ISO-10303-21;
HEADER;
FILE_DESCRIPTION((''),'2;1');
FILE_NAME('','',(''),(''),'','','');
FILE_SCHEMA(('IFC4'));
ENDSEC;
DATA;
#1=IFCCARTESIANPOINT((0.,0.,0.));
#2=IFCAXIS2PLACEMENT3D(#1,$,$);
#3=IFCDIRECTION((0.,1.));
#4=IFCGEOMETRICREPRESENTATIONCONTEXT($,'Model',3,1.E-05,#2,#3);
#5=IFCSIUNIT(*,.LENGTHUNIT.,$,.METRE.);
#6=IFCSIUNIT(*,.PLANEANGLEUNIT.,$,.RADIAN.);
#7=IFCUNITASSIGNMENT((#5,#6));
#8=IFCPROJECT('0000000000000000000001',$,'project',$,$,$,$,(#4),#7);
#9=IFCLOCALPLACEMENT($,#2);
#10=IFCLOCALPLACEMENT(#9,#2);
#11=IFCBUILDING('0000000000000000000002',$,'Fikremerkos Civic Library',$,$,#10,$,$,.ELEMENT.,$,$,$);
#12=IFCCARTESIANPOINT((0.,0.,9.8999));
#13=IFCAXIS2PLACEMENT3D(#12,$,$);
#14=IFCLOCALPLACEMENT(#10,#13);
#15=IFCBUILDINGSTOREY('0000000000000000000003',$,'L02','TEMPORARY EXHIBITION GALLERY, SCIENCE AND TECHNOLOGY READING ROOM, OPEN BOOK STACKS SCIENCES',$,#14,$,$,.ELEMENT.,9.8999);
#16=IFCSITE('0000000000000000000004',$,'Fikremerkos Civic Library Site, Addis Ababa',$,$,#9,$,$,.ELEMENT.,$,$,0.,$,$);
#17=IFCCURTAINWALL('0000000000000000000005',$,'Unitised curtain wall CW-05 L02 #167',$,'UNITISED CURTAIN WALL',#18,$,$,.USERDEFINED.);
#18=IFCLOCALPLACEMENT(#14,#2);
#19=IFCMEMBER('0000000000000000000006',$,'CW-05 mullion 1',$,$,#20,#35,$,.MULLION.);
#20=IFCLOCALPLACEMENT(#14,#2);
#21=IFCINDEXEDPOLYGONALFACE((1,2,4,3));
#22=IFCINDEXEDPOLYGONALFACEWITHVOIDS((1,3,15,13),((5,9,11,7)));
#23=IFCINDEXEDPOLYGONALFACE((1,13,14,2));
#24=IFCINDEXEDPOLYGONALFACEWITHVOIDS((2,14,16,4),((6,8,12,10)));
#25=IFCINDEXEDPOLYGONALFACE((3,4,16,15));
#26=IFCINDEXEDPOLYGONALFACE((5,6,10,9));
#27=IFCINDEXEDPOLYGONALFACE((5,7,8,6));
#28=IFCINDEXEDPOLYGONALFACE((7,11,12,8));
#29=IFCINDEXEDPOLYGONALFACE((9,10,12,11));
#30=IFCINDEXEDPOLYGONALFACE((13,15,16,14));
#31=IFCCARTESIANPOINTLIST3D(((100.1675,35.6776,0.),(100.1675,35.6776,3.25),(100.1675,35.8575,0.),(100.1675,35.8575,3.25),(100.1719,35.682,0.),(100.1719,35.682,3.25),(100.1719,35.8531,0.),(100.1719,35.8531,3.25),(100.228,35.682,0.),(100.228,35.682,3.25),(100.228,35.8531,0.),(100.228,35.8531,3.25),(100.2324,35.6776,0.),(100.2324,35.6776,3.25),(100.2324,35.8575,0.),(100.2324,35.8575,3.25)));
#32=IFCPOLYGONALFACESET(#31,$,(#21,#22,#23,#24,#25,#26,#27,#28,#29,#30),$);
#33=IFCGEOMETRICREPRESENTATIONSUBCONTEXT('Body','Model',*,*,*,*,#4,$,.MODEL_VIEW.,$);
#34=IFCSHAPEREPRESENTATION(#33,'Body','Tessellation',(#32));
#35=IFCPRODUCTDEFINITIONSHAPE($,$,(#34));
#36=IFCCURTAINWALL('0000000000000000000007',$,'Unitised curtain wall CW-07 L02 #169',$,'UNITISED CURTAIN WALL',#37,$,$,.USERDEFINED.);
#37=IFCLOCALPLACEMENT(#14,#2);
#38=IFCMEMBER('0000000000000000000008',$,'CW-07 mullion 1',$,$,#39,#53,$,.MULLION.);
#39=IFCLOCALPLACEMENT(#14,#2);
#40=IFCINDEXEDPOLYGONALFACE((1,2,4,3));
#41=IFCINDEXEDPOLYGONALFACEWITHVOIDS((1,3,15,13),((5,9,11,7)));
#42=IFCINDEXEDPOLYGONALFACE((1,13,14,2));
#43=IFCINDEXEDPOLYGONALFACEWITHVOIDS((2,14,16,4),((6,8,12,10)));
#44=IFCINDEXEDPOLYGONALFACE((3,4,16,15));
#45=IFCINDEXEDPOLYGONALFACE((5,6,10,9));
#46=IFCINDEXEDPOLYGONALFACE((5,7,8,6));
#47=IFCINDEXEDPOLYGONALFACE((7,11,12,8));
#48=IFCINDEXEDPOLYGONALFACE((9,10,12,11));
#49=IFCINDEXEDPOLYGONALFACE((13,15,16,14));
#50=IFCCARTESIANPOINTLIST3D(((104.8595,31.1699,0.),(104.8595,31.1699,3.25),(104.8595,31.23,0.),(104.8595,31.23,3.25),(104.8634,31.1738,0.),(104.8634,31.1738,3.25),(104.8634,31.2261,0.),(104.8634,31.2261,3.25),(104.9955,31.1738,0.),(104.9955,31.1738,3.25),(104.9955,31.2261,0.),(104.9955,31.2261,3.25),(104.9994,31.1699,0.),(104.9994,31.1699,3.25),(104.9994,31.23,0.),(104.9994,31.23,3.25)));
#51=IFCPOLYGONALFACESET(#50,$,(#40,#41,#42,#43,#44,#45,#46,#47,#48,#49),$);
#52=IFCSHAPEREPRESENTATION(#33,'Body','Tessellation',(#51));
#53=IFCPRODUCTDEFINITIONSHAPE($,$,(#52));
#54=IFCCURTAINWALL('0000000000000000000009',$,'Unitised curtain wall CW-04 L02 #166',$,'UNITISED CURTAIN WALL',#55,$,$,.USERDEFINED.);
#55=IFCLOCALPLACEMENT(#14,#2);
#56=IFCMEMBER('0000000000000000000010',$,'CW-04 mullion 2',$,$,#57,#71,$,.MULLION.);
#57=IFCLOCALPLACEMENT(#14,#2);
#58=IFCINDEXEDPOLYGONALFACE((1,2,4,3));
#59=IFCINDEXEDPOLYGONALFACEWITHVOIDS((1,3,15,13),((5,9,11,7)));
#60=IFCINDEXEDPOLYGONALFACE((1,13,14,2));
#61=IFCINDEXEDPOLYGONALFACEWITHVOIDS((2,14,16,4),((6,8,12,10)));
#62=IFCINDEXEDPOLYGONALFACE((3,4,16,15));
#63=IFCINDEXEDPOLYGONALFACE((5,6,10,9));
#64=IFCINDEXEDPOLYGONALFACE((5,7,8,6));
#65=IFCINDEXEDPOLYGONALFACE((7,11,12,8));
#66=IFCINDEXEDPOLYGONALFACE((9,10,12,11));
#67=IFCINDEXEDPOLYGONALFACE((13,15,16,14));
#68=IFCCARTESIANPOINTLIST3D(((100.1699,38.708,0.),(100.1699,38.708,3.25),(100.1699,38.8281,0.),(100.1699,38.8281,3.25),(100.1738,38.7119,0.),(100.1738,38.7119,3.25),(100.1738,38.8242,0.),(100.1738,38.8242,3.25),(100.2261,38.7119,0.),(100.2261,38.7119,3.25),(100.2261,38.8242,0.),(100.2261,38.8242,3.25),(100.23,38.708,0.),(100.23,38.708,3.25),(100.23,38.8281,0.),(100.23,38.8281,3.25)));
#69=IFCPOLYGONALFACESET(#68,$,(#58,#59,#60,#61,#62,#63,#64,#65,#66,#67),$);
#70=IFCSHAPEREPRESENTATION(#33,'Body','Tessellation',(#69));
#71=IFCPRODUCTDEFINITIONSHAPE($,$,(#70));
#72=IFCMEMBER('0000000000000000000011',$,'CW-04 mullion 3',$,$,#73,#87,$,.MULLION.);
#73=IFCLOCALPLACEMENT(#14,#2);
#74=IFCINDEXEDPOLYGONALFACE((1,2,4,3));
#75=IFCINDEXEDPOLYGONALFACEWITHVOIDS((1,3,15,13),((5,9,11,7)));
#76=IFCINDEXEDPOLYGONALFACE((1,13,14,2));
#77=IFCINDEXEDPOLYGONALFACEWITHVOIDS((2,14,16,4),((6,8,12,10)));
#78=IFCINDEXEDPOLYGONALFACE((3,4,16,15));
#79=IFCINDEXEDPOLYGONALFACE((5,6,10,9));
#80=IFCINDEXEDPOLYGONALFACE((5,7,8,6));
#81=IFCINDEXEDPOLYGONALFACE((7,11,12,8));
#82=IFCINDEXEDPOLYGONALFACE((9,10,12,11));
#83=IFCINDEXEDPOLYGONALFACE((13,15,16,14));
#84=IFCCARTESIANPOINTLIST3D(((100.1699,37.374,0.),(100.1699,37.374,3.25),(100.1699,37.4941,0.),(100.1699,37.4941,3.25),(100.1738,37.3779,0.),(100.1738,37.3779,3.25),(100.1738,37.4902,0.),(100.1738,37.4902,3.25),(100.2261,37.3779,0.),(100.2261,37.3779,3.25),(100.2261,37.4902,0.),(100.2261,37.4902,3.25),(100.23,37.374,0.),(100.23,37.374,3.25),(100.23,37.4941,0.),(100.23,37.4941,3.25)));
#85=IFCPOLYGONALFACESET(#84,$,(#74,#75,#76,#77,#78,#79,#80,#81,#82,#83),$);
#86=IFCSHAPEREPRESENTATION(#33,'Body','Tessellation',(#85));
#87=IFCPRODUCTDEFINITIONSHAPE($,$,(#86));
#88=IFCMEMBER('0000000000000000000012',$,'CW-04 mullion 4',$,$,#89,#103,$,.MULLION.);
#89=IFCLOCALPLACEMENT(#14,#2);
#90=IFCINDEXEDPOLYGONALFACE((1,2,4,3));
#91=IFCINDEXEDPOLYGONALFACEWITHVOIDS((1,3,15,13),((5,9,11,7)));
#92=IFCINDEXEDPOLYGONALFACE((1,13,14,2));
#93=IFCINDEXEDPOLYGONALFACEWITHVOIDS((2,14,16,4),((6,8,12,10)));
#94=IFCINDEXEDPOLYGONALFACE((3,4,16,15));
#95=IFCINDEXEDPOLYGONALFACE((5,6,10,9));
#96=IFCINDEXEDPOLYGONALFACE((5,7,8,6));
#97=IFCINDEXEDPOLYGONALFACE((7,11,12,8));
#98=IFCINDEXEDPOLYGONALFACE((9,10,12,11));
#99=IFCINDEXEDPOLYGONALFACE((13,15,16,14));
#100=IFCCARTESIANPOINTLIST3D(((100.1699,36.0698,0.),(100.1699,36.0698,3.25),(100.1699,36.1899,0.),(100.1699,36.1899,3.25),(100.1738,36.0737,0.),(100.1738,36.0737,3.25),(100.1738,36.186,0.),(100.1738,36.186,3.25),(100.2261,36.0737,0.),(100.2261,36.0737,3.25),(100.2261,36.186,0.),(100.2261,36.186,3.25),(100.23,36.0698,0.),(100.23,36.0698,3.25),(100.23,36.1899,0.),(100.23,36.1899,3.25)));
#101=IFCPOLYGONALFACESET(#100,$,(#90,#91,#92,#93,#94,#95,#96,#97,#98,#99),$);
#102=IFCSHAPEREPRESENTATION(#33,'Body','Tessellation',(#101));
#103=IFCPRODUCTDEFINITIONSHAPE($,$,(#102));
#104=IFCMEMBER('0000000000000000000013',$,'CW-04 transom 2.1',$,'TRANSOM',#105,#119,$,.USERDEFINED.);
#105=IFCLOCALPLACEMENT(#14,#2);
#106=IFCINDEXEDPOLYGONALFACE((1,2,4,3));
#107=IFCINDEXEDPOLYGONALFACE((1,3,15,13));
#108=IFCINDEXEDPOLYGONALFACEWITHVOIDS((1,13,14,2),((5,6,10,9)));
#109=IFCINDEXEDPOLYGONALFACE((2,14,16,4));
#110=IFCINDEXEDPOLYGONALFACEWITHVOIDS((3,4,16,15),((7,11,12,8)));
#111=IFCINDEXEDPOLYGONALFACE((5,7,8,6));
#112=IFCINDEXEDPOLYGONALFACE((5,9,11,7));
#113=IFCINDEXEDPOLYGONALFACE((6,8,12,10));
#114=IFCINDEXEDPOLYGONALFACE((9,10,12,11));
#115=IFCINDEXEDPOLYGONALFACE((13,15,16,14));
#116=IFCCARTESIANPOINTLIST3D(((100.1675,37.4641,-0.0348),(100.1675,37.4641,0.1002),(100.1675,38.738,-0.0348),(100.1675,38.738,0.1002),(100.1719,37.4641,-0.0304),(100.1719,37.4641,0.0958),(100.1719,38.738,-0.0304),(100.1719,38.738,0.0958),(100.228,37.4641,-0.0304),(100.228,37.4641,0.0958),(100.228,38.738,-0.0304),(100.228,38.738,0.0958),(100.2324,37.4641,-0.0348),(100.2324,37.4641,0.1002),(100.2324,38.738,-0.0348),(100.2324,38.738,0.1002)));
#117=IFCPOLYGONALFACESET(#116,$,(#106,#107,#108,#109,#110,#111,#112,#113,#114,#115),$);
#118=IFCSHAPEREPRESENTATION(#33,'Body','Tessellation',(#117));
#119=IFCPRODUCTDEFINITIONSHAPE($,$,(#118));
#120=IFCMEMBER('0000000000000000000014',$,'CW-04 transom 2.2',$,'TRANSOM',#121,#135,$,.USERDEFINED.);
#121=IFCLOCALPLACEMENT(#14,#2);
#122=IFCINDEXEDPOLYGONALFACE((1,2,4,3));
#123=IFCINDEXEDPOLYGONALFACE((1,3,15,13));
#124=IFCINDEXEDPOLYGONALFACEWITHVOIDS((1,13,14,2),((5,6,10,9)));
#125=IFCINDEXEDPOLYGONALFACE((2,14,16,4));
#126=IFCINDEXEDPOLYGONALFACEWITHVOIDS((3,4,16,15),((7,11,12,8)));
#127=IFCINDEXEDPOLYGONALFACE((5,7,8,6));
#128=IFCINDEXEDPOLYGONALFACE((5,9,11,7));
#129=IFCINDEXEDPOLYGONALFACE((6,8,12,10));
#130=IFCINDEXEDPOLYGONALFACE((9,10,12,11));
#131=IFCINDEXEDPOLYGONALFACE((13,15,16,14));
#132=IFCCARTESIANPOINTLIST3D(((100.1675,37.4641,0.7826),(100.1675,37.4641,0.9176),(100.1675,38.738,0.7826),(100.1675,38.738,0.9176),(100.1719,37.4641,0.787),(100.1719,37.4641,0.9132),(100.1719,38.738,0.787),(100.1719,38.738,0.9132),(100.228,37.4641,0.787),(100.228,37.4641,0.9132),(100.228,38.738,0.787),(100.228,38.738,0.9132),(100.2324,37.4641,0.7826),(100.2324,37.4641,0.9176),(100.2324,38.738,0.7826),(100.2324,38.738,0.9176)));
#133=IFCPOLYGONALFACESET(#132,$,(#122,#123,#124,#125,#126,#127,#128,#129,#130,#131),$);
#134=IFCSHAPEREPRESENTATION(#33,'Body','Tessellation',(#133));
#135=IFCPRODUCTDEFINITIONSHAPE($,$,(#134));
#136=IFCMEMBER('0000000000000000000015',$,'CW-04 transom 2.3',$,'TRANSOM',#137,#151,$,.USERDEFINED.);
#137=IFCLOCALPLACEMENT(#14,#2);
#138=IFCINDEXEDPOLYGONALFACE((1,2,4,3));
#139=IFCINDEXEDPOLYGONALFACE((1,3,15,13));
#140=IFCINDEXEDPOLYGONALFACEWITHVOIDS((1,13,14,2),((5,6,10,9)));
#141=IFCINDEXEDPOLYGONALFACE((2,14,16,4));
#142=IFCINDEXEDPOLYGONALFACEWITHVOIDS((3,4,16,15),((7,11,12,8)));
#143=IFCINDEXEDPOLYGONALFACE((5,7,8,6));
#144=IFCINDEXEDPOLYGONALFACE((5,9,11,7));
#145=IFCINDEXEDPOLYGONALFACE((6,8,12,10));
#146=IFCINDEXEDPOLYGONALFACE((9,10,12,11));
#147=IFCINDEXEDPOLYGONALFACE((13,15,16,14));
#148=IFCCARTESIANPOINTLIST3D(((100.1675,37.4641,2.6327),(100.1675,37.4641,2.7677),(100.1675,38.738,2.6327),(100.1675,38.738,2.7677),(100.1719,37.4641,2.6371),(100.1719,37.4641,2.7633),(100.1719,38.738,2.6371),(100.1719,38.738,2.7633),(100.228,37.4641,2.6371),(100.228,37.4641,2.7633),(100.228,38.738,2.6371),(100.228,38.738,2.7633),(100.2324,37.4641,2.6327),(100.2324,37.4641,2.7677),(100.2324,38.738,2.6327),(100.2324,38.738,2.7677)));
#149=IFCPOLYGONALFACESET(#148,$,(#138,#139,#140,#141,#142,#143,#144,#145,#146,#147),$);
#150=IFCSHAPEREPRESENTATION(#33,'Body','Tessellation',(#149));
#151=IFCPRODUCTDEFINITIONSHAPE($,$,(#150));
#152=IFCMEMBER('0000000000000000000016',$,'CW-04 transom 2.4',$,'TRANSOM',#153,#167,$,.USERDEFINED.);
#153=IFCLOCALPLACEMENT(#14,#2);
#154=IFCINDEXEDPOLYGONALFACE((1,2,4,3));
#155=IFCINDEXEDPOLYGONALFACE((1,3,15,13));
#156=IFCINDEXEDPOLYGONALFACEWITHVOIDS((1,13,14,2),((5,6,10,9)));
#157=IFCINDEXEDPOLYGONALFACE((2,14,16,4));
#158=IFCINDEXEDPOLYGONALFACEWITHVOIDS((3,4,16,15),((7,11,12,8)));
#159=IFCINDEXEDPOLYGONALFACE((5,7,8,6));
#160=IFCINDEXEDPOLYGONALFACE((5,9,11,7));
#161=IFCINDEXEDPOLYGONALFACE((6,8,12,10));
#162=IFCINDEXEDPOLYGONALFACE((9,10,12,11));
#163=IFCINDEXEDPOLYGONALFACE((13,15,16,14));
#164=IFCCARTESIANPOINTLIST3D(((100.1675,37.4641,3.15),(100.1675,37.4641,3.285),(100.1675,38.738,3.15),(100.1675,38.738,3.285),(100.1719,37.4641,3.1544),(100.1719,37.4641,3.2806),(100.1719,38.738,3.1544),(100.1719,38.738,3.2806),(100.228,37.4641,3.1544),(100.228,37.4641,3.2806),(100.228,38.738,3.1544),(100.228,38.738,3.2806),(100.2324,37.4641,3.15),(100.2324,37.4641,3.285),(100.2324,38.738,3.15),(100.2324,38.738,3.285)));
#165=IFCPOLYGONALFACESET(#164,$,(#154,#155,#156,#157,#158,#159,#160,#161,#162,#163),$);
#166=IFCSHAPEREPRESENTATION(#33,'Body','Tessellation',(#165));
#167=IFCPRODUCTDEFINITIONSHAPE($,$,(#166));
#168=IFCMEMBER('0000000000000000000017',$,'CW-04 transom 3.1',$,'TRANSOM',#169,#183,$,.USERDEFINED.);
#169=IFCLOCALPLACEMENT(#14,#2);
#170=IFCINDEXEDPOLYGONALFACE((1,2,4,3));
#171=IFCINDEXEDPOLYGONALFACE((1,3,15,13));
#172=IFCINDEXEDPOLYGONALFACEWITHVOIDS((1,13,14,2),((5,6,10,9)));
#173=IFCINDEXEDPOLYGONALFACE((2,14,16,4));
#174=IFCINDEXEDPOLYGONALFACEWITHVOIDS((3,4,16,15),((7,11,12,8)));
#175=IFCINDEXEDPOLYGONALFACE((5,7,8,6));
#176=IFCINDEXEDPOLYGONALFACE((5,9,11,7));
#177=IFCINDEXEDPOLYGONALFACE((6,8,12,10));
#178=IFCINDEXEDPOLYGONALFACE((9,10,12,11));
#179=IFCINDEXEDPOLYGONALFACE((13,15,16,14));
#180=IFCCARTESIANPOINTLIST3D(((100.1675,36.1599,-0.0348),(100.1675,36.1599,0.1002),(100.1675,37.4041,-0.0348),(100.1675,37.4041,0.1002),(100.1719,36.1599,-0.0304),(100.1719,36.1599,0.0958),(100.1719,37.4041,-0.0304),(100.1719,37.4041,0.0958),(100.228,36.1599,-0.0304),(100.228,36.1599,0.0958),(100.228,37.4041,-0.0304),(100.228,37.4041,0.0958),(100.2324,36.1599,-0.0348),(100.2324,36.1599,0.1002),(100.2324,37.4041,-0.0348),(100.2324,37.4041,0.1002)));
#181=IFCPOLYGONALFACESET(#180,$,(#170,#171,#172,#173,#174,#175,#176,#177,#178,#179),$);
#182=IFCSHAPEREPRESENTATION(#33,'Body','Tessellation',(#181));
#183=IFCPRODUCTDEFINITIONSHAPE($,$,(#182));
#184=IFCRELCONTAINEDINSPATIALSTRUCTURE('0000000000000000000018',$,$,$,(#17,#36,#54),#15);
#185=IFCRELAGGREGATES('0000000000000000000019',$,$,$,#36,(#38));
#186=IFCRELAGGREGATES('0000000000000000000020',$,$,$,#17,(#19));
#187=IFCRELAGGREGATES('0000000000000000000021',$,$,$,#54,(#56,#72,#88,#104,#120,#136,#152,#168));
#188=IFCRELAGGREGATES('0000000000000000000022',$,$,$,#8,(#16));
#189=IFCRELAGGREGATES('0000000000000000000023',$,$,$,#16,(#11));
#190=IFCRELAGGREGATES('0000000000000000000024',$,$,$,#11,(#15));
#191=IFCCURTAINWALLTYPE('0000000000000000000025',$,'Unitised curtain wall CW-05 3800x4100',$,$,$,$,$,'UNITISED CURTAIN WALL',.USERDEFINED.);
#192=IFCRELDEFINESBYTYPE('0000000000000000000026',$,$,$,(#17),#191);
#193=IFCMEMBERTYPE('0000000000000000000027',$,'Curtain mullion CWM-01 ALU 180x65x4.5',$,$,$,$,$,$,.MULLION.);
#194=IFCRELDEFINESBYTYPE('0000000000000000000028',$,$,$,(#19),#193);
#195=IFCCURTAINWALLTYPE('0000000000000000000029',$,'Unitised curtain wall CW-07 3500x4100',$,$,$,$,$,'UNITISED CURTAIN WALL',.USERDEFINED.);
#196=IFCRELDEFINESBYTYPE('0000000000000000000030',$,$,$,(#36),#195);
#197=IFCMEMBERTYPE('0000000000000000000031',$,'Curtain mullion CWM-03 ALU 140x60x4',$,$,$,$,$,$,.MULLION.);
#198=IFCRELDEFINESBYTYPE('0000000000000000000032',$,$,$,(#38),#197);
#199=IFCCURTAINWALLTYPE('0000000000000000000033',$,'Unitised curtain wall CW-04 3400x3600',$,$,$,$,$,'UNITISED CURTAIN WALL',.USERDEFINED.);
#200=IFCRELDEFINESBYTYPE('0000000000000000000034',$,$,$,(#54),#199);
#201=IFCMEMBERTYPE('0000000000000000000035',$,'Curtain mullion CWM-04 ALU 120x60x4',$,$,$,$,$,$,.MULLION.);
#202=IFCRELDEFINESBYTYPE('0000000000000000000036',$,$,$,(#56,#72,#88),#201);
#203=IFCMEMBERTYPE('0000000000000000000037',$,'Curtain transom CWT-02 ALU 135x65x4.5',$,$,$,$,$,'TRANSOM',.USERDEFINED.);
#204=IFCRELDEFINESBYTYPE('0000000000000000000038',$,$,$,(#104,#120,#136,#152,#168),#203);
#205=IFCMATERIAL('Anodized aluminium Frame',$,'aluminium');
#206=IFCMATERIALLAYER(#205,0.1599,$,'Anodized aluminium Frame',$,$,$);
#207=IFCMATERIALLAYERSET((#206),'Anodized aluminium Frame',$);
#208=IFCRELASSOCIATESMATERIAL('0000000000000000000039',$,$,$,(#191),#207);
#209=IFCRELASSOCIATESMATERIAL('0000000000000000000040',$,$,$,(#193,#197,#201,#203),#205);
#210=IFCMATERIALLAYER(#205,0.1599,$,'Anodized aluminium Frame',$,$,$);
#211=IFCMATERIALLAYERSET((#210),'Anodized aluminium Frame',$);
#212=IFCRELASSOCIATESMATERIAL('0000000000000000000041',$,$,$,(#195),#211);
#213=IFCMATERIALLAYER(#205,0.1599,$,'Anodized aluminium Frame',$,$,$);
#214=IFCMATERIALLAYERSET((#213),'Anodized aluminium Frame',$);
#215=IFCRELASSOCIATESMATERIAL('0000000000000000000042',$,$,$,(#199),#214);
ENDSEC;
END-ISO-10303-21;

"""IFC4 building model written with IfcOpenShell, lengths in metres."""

from ifc_helpers import new_model, si_unit, direction, frame, origin, origin_2d, place, context, subcontext, project, spatial, hollow_rectangle, extrude, material, layer, layer_set, material_profile, profile_set, type_object, element, aggregate, save


model = new_model("IFC4")

# Units and contexts
model_context = context("Model", 3, precision=1e-05, world=origin(), true_north=direction((0.0, 1.0)))
body_context = subcontext(model_context, "Body", "Model", "MODEL_VIEW")
ifc_project = project(units=[si_unit("LENGTHUNIT", "METRE"), si_unit("PLANEANGLEUNIT", "RADIAN")], contexts=[model_context])

# Site, building, storey
site_placement = place(None, origin())
site = spatial("IfcSite", under=ifc_project, at=site_placement, Name="Fikremerkos Civic Library Site, Addis Ababa", CompositionType="ELEMENT", RefElevation=0.0)
building_placement = place(site_placement, origin())
building = spatial("IfcBuilding", under=site, at=building_placement, Name="Fikremerkos Civic Library", CompositionType="ELEMENT")
storey_placement = place(building_placement, frame((0.0, 0.0, 9.8999)))
storey = spatial("IfcBuildingStorey", under=building, at=storey_placement, Name="L02", Description="TEMPORARY EXHIBITION GALLERY, SCIENCE AND TECHNOLOGY READING ROOM, OPEN BOOK STACKS SCIENCES", CompositionType="ELEMENT", Elevation=9.8999)

# Curtain walls, members
ifc_material_1 = material(Name="Anodized aluminium Frame", Category="aluminium")
ifc_layer_1 = layer(ifc_material_1, 0.1599, Name="Anodized aluminium Frame")
ifc_layer_set_1 = layer_set([ifc_layer_1], Name="Anodized aluminium Frame")
curtain_wall_type_1 = type_object("IfcCurtainWallType", Name="Unitised curtain wall CW-05 3800x4100", ElementType="UNITISED CURTAIN WALL", PredefinedType="USERDEFINED", material=ifc_layer_set_1)
curtain_wall_1_placement = place(storey_placement, origin())
curtain_wall_1 = element("IfcCurtainWall", 1, at=curtain_wall_1_placement, inside=storey, type_object=curtain_wall_type_1, Name="Unitised curtain wall CW-05 L02 #167", ObjectType="UNITISED CURTAIN WALL", PredefinedType="USERDEFINED")
ifc_material_profile_1 = material_profile(ifc_material_1, hollow_rectangle(XDim=0.0649, YDim=0.1799, WallThickness=0.0044, at=origin_2d()), Name="ALU 180x65x4.5")
ifc_profile_set_1 = profile_set([ifc_material_profile_1], Name="Anodized aluminium Frame")
member_type_1 = type_object("IfcMemberType", Name="Curtain mullion CWM-01 ALU 180x65x4.5", PredefinedType="MULLION", material=ifc_profile_set_1)
member_1_placement = place(storey_placement, frame((100.2, 35.7676, 0.0), z_axis=(0.0, 0.0, 1.0), x_axis=(1.0, 0.0, 0.0)))
member_1 = element("IfcMember", 2, at=member_1_placement, type_object=member_type_1, Name="CW-05 mullion 1", PredefinedType="MULLION", context=body_context, shape_type="SweptSolid", body=[
    extrude(hollow_rectangle(XDim=0.0649, YDim=0.1799, WallThickness=0.0044, at=origin_2d()), origin(), (0.0, 0.0, 1.0), 3.25),
])
ifc_layer_2 = layer(ifc_material_1, 0.1599, Name="Anodized aluminium Frame")
ifc_layer_set_2 = layer_set([ifc_layer_2], Name="Anodized aluminium Frame")
curtain_wall_type_2 = type_object("IfcCurtainWallType", Name="Unitised curtain wall CW-07 3500x4100", ElementType="UNITISED CURTAIN WALL", PredefinedType="USERDEFINED", material=ifc_layer_set_2)
curtain_wall_2_placement = place(storey_placement, origin())
curtain_wall_2 = element("IfcCurtainWall", 3, at=curtain_wall_2_placement, inside=storey, type_object=curtain_wall_type_2, Name="Unitised curtain wall CW-07 L02 #169", ObjectType="UNITISED CURTAIN WALL", PredefinedType="USERDEFINED")
ifc_material_profile_2 = material_profile(ifc_material_1, hollow_rectangle(XDim=0.0601, YDim=0.1399, WallThickness=0.0039, at=origin_2d()), Name="ALU 140x60x4")
ifc_profile_set_2 = profile_set([ifc_material_profile_2], Name="Anodized aluminium Frame")
member_type_2 = type_object("IfcMemberType", Name="Curtain mullion CWM-03 ALU 140x60x4", PredefinedType="MULLION", material=ifc_profile_set_2)
member_2_placement = place(storey_placement, frame((104.9294, 31.2, 0.0), z_axis=(0.0, 0.0, 1.0), x_axis=(0.0, 1.0, 0.0)))
member_2 = element("IfcMember", 4, at=member_2_placement, type_object=member_type_2, Name="CW-07 mullion 1", PredefinedType="MULLION", context=body_context, shape_type="SweptSolid", body=[
    extrude(hollow_rectangle(XDim=0.0601, YDim=0.1399, WallThickness=0.0039, at=origin_2d()), origin(), (0.0, 0.0, 1.0), 3.25),
])
aggregate(curtain_wall_2, [member_2])

# Curtain wall, members
ifc_layer_3 = layer(ifc_material_1, 0.1599, Name="Anodized aluminium Frame")
ifc_layer_set_3 = layer_set([ifc_layer_3], Name="Anodized aluminium Frame")
curtain_wall_type_3 = type_object("IfcCurtainWallType", Name="Unitised curtain wall CW-04 3400x3600", ElementType="UNITISED CURTAIN WALL", PredefinedType="USERDEFINED", material=ifc_layer_set_3)
curtain_wall_3_placement = place(storey_placement, origin())
curtain_wall_3 = element("IfcCurtainWall", 5, at=curtain_wall_3_placement, inside=storey, type_object=curtain_wall_type_3, Name="Unitised curtain wall CW-04 L02 #166", ObjectType="UNITISED CURTAIN WALL", PredefinedType="USERDEFINED")
ifc_material_profile_3 = material_profile(ifc_material_1, hollow_rectangle(XDim=0.0601, YDim=0.1201, WallThickness=0.0039, at=origin_2d()), Name="ALU 120x60x4")
ifc_profile_set_3 = profile_set([ifc_material_profile_3], Name="Anodized aluminium Frame")
member_type_3 = type_object("IfcMemberType", Name="Curtain mullion CWM-04 ALU 120x60x4", PredefinedType="MULLION", material=ifc_profile_set_3)
member_3_placement = place(storey_placement, frame((100.2, 38.7681, 0.0), z_axis=(0.0, 0.0, 1.0), x_axis=(1.0, 0.0, 0.0)))
member_3 = element("IfcMember", 6, at=member_3_placement, type_object=member_type_3, Name="CW-04 mullion 2", PredefinedType="MULLION", context=body_context, shape_type="SweptSolid", body=[
    extrude(hollow_rectangle(XDim=0.0601, YDim=0.1201, WallThickness=0.0039, at=origin_2d()), origin(), (0.0, 0.0, 1.0), 3.25),
])
member_4_placement = place(storey_placement, frame((100.2, 37.4341, 0.0), z_axis=(0.0, 0.0, 1.0), x_axis=(1.0, 0.0, 0.0)))
member_4 = element("IfcMember", 7, at=member_4_placement, type_object=member_type_3, Name="CW-04 mullion 3", PredefinedType="MULLION", context=body_context, shape_type="SweptSolid", body=[
    extrude(hollow_rectangle(XDim=0.0601, YDim=0.1201, WallThickness=0.0039, at=origin_2d()), origin(), (0.0, 0.0, 1.0), 3.25),
])
member_5_placement = place(storey_placement, frame((100.2, 36.1299, 0.0), z_axis=(0.0, 0.0, 1.0), x_axis=(1.0, 0.0, 0.0)))
member_5 = element("IfcMember", 8, at=member_5_placement, type_object=member_type_3, Name="CW-04 mullion 4", PredefinedType="MULLION", context=body_context, shape_type="SweptSolid", body=[
    extrude(hollow_rectangle(XDim=0.0601, YDim=0.1201, WallThickness=0.0039, at=origin_2d()), origin(), (0.0, 0.0, 1.0), 3.25),
])
ifc_material_profile_4 = material_profile(ifc_material_1, hollow_rectangle(XDim=0.0649, YDim=0.135, WallThickness=0.0044, at=origin_2d()), Name="ALU 135x65x4.5")
ifc_profile_set_4 = profile_set([ifc_material_profile_4], Name="Anodized aluminium Frame")
member_type_4 = type_object("IfcMemberType", Name="Curtain transom CWT-02 ALU 135x65x4.5", ElementType="TRANSOM", PredefinedType="USERDEFINED", material=ifc_profile_set_4)
member_6_placement = place(storey_placement, frame((100.2, 38.738, 0.0327), z_axis=(0.0, -1.0, 0.0), x_axis=(1.0, 0.0, 0.0)))
member_6 = element("IfcMember", 9, at=member_6_placement, type_object=member_type_4, Name="CW-04 transom 2.1", ObjectType="TRANSOM", PredefinedType="USERDEFINED", context=body_context, shape_type="SweptSolid", body=[
    extrude(hollow_rectangle(XDim=0.0649, YDim=0.135, WallThickness=0.0044, at=origin_2d()), origin(), (0.0, 0.0, 1.0), 1.2739),
])
member_7_placement = place(storey_placement, frame((100.2, 38.738, 0.8501), z_axis=(0.0, -1.0, 0.0), x_axis=(1.0, 0.0, 0.0)))
member_7 = element("IfcMember", 10, at=member_7_placement, type_object=member_type_4, Name="CW-04 transom 2.2", ObjectType="TRANSOM", PredefinedType="USERDEFINED", context=body_context, shape_type="SweptSolid", body=[
    extrude(hollow_rectangle(XDim=0.0649, YDim=0.135, WallThickness=0.0044, at=origin_2d()), origin(), (0.0, 0.0, 1.0), 1.2739),
])
member_8_placement = place(storey_placement, frame((100.2, 38.738, 2.7002), z_axis=(0.0, -1.0, 0.0), x_axis=(1.0, 0.0, 0.0)))
member_8 = element("IfcMember", 11, at=member_8_placement, type_object=member_type_4, Name="CW-04 transom 2.3", ObjectType="TRANSOM", PredefinedType="USERDEFINED", context=body_context, shape_type="SweptSolid", body=[
    extrude(hollow_rectangle(XDim=0.0649, YDim=0.135, WallThickness=0.0044, at=origin_2d()), origin(), (0.0, 0.0, 1.0), 1.2739),
])
member_9_placement = place(storey_placement, frame((100.2, 38.738, 3.2175), z_axis=(0.0, -1.0, 0.0), x_axis=(1.0, 0.0, 0.0)))
member_9 = element("IfcMember", 12, at=member_9_placement, type_object=member_type_4, Name="CW-04 transom 2.4", ObjectType="TRANSOM", PredefinedType="USERDEFINED", context=body_context, shape_type="SweptSolid", body=[
    extrude(hollow_rectangle(XDim=0.0649, YDim=0.135, WallThickness=0.0044, at=origin_2d()), origin(), (0.0, 0.0, 1.0), 1.2739),
])
member_10_placement = place(storey_placement, frame((100.2, 37.4041, 0.0327), z_axis=(0.0, -1.0, 0.0), x_axis=(1.0, 0.0, 0.0)))
member_10 = element("IfcMember", 13, at=member_10_placement, type_object=member_type_4, Name="CW-04 transom 3.1", ObjectType="TRANSOM", PredefinedType="USERDEFINED", context=body_context, shape_type="SweptSolid", body=[
    extrude(hollow_rectangle(XDim=0.0649, YDim=0.135, WallThickness=0.0044, at=origin_2d()), origin(), (0.0, 0.0, 1.0), 1.2441),
])

aggregate(curtain_wall_1, [member_1])
aggregate(curtain_wall_3, [member_3, member_4, member_5, member_6, member_7, member_8, member_9, member_10])

save(model, "model.ifc")
